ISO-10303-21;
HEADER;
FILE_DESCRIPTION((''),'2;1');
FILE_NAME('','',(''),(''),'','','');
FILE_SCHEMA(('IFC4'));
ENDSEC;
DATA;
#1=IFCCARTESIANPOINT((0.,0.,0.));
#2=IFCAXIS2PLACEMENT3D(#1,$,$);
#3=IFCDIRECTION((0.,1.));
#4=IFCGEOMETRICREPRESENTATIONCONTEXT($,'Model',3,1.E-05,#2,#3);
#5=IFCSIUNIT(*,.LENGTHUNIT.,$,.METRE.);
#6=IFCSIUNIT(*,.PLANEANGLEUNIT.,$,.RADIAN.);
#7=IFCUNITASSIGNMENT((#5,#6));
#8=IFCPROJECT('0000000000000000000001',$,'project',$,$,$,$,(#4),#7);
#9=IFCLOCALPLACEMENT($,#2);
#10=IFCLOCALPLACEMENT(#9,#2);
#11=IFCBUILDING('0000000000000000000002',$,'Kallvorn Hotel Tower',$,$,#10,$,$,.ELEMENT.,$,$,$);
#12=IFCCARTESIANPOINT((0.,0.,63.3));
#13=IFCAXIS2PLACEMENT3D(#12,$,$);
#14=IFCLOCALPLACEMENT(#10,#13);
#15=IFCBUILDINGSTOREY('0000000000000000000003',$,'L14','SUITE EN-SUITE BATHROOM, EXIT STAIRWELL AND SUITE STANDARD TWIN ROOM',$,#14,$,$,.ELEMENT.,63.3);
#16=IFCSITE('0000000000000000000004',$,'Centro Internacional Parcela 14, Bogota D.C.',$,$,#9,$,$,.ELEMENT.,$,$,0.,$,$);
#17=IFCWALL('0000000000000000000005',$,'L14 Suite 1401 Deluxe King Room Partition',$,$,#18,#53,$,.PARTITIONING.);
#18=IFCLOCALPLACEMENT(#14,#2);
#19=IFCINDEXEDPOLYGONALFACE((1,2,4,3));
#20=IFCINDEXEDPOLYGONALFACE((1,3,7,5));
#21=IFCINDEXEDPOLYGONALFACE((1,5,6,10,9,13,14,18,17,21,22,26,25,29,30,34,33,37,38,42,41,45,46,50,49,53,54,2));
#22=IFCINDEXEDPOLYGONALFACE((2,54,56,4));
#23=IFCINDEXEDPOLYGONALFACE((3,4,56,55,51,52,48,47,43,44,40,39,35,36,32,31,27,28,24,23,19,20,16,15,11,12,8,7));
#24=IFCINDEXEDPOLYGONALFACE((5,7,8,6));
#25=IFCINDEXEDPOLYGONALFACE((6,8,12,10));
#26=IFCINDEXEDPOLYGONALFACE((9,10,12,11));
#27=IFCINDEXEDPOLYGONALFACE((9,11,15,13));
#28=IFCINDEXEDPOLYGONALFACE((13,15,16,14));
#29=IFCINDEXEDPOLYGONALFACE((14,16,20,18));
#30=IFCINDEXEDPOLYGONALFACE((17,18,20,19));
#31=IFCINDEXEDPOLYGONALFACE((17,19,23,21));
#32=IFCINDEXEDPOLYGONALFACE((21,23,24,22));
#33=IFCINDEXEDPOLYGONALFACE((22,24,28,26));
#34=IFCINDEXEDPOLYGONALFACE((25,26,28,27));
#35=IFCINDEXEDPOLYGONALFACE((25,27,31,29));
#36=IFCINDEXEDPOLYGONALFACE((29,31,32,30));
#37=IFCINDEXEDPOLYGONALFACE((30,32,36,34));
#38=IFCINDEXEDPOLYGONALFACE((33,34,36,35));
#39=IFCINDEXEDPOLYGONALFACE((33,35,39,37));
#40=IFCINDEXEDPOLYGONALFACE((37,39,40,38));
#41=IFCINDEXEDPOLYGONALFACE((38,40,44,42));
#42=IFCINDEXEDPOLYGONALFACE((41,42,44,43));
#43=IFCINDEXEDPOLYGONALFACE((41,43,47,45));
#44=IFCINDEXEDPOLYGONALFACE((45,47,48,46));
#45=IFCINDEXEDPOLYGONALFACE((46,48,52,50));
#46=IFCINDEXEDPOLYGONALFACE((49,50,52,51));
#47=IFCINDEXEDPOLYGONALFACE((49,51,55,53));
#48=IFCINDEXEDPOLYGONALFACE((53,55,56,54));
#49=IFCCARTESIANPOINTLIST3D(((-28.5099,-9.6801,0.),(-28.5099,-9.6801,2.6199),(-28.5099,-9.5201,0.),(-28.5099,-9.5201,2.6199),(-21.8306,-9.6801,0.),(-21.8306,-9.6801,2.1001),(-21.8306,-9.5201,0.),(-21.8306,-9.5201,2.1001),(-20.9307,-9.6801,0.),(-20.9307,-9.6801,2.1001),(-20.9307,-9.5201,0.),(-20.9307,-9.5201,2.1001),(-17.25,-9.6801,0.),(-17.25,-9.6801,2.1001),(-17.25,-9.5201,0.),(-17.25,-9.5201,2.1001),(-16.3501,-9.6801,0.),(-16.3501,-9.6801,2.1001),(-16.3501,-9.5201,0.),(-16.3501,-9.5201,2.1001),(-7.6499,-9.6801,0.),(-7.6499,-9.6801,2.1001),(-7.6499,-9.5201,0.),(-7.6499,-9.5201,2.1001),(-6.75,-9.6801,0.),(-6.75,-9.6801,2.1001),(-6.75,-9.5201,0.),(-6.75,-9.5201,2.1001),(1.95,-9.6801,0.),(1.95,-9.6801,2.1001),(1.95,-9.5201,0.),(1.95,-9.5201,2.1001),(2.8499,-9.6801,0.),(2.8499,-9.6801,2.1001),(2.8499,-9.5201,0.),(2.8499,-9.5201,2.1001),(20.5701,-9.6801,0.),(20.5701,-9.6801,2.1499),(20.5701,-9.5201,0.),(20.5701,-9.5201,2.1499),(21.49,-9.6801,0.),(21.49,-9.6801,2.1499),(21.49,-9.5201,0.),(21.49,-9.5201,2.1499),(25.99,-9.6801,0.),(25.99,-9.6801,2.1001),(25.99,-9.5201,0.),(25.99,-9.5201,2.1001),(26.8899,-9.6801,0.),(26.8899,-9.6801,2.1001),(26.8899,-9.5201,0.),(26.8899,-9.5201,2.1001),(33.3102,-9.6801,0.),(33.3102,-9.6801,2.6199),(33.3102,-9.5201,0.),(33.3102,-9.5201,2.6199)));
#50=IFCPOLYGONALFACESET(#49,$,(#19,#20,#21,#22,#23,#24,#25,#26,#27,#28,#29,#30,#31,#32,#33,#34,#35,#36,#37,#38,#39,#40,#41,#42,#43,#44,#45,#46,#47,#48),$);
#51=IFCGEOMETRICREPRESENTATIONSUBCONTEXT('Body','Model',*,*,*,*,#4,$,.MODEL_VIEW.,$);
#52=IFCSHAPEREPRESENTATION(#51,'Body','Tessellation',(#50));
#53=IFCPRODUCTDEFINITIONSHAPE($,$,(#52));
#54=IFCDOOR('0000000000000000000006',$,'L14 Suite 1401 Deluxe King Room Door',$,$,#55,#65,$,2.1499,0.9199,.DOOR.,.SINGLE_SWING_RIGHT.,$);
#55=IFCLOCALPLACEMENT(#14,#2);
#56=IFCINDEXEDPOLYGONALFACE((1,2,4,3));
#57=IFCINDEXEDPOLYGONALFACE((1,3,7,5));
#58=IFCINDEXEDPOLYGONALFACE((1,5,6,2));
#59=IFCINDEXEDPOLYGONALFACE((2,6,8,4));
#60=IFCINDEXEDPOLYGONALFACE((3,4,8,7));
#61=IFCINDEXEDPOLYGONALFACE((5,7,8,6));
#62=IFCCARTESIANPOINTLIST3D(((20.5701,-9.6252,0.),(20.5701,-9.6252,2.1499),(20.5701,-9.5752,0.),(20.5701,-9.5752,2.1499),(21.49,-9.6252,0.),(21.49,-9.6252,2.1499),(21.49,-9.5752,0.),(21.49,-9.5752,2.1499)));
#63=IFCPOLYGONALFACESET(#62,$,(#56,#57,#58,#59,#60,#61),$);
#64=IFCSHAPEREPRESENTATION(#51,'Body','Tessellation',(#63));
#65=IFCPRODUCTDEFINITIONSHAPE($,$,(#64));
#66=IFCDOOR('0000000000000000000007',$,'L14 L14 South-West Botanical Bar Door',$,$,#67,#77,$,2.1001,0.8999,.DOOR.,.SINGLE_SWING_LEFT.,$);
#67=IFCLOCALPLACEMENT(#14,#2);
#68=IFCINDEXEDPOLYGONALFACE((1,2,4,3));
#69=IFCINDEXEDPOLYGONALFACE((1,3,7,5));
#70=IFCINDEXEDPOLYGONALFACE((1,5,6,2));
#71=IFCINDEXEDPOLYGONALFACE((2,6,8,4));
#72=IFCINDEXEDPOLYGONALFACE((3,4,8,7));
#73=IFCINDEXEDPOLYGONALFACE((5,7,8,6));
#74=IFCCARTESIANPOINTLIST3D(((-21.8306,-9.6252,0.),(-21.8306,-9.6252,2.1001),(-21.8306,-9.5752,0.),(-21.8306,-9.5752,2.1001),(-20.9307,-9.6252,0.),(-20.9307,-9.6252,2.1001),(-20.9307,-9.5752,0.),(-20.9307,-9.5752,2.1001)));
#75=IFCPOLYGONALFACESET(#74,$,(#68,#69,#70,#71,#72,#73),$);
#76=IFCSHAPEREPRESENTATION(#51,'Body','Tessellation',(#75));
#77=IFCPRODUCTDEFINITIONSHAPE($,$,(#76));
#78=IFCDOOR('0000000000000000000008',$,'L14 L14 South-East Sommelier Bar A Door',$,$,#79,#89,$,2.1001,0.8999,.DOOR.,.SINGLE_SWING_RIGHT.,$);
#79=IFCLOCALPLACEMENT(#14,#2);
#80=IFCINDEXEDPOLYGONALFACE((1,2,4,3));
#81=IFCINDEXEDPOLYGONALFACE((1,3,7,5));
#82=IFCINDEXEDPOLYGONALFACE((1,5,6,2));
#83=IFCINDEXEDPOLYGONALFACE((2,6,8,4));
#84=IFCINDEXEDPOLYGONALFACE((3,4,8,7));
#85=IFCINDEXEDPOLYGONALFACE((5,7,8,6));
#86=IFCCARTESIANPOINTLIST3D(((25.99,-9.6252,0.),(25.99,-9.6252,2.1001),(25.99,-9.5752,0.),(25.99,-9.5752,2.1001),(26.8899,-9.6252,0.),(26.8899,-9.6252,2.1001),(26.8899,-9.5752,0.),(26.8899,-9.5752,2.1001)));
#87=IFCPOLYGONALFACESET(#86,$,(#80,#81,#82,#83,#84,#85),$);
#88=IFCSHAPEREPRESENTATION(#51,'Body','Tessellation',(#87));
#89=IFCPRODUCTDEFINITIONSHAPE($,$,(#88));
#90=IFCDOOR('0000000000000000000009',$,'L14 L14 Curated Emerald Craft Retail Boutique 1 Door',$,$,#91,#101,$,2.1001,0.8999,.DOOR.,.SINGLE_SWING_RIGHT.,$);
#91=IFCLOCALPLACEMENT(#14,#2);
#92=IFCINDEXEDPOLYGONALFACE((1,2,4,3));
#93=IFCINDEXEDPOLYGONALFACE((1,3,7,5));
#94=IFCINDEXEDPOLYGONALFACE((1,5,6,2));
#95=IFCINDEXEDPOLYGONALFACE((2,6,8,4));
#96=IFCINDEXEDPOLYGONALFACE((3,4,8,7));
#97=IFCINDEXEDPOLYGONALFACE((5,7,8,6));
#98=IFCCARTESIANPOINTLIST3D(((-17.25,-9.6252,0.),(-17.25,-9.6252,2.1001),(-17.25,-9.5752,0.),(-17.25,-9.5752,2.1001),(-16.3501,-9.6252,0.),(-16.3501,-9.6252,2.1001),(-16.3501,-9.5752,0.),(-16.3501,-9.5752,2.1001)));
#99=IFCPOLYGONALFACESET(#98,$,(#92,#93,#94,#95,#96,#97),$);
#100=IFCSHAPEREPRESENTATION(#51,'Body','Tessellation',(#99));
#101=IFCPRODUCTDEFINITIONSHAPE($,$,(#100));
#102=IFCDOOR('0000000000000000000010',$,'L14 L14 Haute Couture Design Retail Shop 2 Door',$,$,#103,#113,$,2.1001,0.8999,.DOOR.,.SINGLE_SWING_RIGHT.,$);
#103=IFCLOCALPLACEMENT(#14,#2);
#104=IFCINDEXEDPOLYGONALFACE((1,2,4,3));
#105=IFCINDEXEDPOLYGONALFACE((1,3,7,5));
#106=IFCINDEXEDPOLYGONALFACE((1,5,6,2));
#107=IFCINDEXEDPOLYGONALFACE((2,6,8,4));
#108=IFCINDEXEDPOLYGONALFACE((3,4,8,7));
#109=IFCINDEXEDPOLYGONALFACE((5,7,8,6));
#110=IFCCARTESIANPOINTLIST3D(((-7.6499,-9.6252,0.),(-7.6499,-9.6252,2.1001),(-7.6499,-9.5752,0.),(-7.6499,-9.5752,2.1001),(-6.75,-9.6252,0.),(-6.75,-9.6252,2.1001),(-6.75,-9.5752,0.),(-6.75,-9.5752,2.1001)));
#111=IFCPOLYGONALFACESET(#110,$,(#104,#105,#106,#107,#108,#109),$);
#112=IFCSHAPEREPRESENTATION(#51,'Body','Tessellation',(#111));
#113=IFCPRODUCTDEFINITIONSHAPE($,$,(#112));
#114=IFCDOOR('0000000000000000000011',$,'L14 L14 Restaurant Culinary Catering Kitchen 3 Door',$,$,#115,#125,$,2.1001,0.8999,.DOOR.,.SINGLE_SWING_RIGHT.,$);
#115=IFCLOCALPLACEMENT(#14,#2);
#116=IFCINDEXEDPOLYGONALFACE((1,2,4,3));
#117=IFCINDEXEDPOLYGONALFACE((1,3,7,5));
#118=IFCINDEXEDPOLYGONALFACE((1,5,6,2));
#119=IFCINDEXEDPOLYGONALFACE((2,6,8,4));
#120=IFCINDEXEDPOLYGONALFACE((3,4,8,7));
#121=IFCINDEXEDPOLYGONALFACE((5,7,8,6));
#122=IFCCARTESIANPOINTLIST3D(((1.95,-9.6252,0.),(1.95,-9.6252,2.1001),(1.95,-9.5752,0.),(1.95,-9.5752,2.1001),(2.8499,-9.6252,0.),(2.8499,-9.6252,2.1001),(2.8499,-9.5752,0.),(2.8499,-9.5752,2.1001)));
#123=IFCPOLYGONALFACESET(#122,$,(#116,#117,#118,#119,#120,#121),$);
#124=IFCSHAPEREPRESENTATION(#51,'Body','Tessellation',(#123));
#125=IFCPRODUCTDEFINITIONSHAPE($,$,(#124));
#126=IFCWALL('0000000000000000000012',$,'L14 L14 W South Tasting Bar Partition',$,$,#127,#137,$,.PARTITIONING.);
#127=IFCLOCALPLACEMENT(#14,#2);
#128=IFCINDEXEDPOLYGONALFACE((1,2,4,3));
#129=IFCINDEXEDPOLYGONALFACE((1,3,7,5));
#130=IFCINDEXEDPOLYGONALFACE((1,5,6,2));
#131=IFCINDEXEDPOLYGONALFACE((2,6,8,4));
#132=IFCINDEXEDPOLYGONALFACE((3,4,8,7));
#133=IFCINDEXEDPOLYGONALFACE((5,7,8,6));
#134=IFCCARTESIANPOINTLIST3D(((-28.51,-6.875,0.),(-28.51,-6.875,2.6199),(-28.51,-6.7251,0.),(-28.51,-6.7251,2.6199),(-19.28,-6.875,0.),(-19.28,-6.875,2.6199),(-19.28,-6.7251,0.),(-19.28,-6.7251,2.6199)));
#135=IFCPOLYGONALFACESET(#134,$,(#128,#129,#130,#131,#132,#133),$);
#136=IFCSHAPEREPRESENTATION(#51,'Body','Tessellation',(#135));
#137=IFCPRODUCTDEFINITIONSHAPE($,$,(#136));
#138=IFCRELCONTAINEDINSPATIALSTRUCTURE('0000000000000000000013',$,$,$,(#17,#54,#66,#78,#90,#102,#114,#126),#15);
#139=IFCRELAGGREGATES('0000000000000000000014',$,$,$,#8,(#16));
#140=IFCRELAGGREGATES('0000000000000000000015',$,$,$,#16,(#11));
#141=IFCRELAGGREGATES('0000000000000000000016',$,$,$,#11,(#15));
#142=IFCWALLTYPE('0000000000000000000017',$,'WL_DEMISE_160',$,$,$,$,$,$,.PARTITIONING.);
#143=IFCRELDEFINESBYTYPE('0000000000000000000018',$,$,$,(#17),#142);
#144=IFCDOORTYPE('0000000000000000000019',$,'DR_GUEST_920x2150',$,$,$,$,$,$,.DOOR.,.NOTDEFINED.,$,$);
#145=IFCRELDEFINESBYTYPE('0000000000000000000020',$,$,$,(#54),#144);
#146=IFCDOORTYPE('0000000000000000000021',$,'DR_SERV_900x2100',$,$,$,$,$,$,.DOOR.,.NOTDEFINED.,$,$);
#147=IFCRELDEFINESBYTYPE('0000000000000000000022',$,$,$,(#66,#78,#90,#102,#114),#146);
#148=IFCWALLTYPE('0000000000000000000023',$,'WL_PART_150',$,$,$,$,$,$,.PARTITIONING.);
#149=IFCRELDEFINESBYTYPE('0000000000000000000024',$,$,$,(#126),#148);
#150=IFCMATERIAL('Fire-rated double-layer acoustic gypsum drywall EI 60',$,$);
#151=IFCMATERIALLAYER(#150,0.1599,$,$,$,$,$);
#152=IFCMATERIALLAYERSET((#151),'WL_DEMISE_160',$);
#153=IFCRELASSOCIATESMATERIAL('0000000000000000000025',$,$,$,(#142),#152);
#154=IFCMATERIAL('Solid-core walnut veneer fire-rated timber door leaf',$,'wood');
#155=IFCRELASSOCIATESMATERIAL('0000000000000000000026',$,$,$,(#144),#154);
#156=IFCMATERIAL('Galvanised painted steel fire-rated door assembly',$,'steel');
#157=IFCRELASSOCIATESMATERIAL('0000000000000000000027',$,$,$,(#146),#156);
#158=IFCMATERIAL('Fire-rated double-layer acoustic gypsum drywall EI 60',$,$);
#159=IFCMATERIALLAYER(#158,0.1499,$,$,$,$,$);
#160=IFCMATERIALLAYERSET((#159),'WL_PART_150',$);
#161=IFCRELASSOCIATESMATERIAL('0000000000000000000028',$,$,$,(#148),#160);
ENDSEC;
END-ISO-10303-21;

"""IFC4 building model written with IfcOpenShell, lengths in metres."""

from ifc_helpers import new_model, si_unit, direction, frame, frame_2d, origin, place, context, subcontext, project, spatial, rectangle, extrude, material, layer, layer_set, type_object, element, fill, save


model = new_model("IFC4")

# Units and contexts
model_context = context("Model", 3, precision=1e-05, world=origin(), true_north=direction((0.0, 1.0)))
body_context = subcontext(model_context, "Body", "Model", "MODEL_VIEW")
ifc_project = project(units=[si_unit("LENGTHUNIT", "METRE"), si_unit("PLANEANGLEUNIT", "RADIAN")], contexts=[model_context])

# Site, building, storey
site_placement = place(None, origin())
site = spatial("IfcSite", under=ifc_project, at=site_placement, Name="Centro Internacional Parcela 14, Bogota D.C.", CompositionType="ELEMENT", RefElevation=0.0)
building_placement = place(site_placement, origin())
building = spatial("IfcBuilding", under=site, at=building_placement, Name="Kallvorn Hotel Tower", CompositionType="ELEMENT")
storey_placement = place(building_placement, frame((0.0, 0.0, 63.3)))
storey = spatial("IfcBuildingStorey", under=building, at=storey_placement, Name="L14", Description="SUITE EN-SUITE BATHROOM, EXIT STAIRWELL AND SUITE STANDARD TWIN ROOM", CompositionType="ELEMENT", Elevation=63.3)

# Wall, openings, doors
ifc_material_1 = material(Name="Fire-rated double-layer acoustic gypsum drywall EI 60")
ifc_layer_1 = layer(ifc_material_1, 0.1599)
ifc_layer_set_1 = layer_set([ifc_layer_1], Name="WL_DEMISE_160")
wall_type_1 = type_object("IfcWallType", Name="WL_DEMISE_160", PredefinedType="PARTITIONING", material=ifc_layer_set_1)
wall_1_placement = place(storey_placement, frame((-28.51, -9.6001, 0.0), z_axis=(0.0, 0.0, 1.0), x_axis=(1.0, 0.0, 0.0)))
wall_1 = element("IfcWall", 1, at=wall_1_placement, inside=storey, type_object=wall_type_1, Name="L14 Suite 1401 Deluxe King Room Partition", PredefinedType="PARTITIONING", context=body_context, shape_type="SweptSolid", body=[
    extrude(rectangle(XDim=61.8201, YDim=0.1599, at=frame_2d((30.9102, 0.0))), origin(), (0.0, 0.0, 1.0), 2.6199),
])
opening_1_placement = place(wall_1_placement, frame((6.6794, 0.0, 0.0)))
opening_1 = element("IfcOpeningElement", 2, at=opening_1_placement, cuts=wall_1, PredefinedType="OPENING", context=body_context, shape_type="SweptSolid", body=[
    extrude(rectangle(XDim=0.8999, YDim=2.1001, at=frame_2d((0.45, 1.05))), frame((0.0, 0.095, 0.0), z_axis=(0.0, -1.0, 0.0), x_axis=(1.0, 0.0, 0.0)), (0.0, 0.0, 1.0), 0.1899),
])
opening_2_placement = place(wall_1_placement, frame((54.5, 0.0, 0.0)))
opening_2 = element("IfcOpeningElement", 3, at=opening_2_placement, cuts=wall_1, PredefinedType="OPENING", context=body_context, shape_type="SweptSolid", body=[
    extrude(rectangle(XDim=0.8999, YDim=2.1001, at=frame_2d((0.45, 1.05))), frame((0.0, 0.095, 0.0), z_axis=(0.0, -1.0, 0.0), x_axis=(1.0, 0.0, 0.0)), (0.0, 0.0, 1.0), 0.1899),
])
opening_3_placement = place(wall_1_placement, frame((11.26, 0.0, 0.0)))
opening_3 = element("IfcOpeningElement", 4, at=opening_3_placement, cuts=wall_1, PredefinedType="OPENING", context=body_context, shape_type="SweptSolid", body=[
    extrude(rectangle(XDim=0.8999, YDim=2.1001, at=frame_2d((0.45, 1.05))), frame((0.0, 0.095, 0.0), z_axis=(0.0, -1.0, 0.0), x_axis=(1.0, 0.0, 0.0)), (0.0, 0.0, 1.0), 0.1899),
])
opening_4_placement = place(wall_1_placement, frame((20.8601, 0.0, 0.0)))
opening_4 = element("IfcOpeningElement", 5, at=opening_4_placement, cuts=wall_1, PredefinedType="OPENING", context=body_context, shape_type="SweptSolid", body=[
    extrude(rectangle(XDim=0.8999, YDim=2.1001, at=frame_2d((0.45, 1.05))), frame((0.0, 0.095, 0.0), z_axis=(0.0, -1.0, 0.0), x_axis=(1.0, 0.0, 0.0)), (0.0, 0.0, 1.0), 0.1899),
])
opening_5_placement = place(wall_1_placement, frame((30.46, 0.0, 0.0)))
opening_5 = element("IfcOpeningElement", 6, at=opening_5_placement, cuts=wall_1, PredefinedType="OPENING", context=body_context, shape_type="SweptSolid", body=[
    extrude(rectangle(XDim=0.8999, YDim=2.1001, at=frame_2d((0.45, 1.05))), frame((0.0, 0.095, 0.0), z_axis=(0.0, -1.0, 0.0), x_axis=(1.0, 0.0, 0.0)), (0.0, 0.0, 1.0), 0.1899),
])
opening_6_placement = place(wall_1_placement, frame((49.0801, 0.0, 0.0)))
opening_6 = element("IfcOpeningElement", 7, at=opening_6_placement, cuts=wall_1, PredefinedType="OPENING", context=body_context, shape_type="SweptSolid", body=[
    extrude(rectangle(XDim=0.9199, YDim=2.1499, at=frame_2d((0.46, 1.075))), frame((0.0, 0.095, 0.0), z_axis=(0.0, -1.0, 0.0), x_axis=(1.0, 0.0, 0.0)), (0.0, 0.0, 1.0), 0.1899),
])
ifc_material_2 = material(Name="Solid-core walnut veneer fire-rated timber door leaf", Category="wood")
door_type_1 = type_object("IfcDoorType", Name="DR_GUEST_920x2150", OperationType="NOTDEFINED", PredefinedType="DOOR", material=ifc_material_2)
door_1_placement = place(opening_6_placement, origin())
door_1 = element("IfcDoor", 8, at=door_1_placement, inside=storey, type_object=door_type_1, Name="L14 Suite 1401 Deluxe King Room Door", OperationType="SINGLE_SWING_RIGHT", OverallHeight=2.1499, OverallWidth=0.9199, PredefinedType="DOOR", context=body_context, shape_type="SweptSolid", body=[
    extrude(rectangle(XDim=0.9199, YDim=2.1499, at=frame_2d((0.46, 1.075))), frame((0.0, 0.0249, 0.0), z_axis=(0.0, -1.0, 0.0), x_axis=(1.0, 0.0, 0.0)), (0.0, 0.0, 1.0), 0.05),
])
fill(opening_6, door_1)
ifc_material_3 = material(Name="Galvanised painted steel fire-rated door assembly", Category="steel")
door_type_2 = type_object("IfcDoorType", Name="DR_SERV_900x2100", OperationType="NOTDEFINED", PredefinedType="DOOR", material=ifc_material_3)
door_2_placement = place(opening_1_placement, origin())
door_2 = element("IfcDoor", 9, at=door_2_placement, inside=storey, type_object=door_type_2, Name="L14 L14 South-West Botanical Bar Door", OperationType="SINGLE_SWING_LEFT", OverallHeight=2.1001, OverallWidth=0.8999, PredefinedType="DOOR", context=body_context, shape_type="SweptSolid", body=[
    extrude(rectangle(XDim=0.8999, YDim=2.1001, at=frame_2d((0.45, 1.05))), frame((0.0, 0.0249, 0.0), z_axis=(0.0, -1.0, 0.0), x_axis=(1.0, 0.0, 0.0)), (0.0, 0.0, 1.0), 0.05),
])
fill(opening_1, door_2)
door_3_placement = place(opening_2_placement, origin())
door_3 = element("IfcDoor", 10, at=door_3_placement, inside=storey, type_object=door_type_2, Name="L14 L14 South-East Sommelier Bar A Door", OperationType="SINGLE_SWING_RIGHT", OverallHeight=2.1001, OverallWidth=0.8999, PredefinedType="DOOR", context=body_context, shape_type="SweptSolid", body=[
    extrude(rectangle(XDim=0.8999, YDim=2.1001, at=frame_2d((0.45, 1.05))), frame((0.0, 0.0249, 0.0), z_axis=(0.0, -1.0, 0.0), x_axis=(1.0, 0.0, 0.0)), (0.0, 0.0, 1.0), 0.05),
])
fill(opening_2, door_3)
door_4_placement = place(opening_3_placement, origin())
door_4 = element("IfcDoor", 11, at=door_4_placement, inside=storey, type_object=door_type_2, Name="L14 L14 Curated Emerald Craft Retail Boutique 1 Door", OperationType="SINGLE_SWING_RIGHT", OverallHeight=2.1001, OverallWidth=0.8999, PredefinedType="DOOR", context=body_context, shape_type="SweptSolid", body=[
    extrude(rectangle(XDim=0.8999, YDim=2.1001, at=frame_2d((0.45, 1.05))), frame((0.0, 0.0249, 0.0), z_axis=(0.0, -1.0, 0.0), x_axis=(1.0, 0.0, 0.0)), (0.0, 0.0, 1.0), 0.05),
])
fill(opening_3, door_4)
door_5_placement = place(opening_4_placement, origin())
door_5 = element("IfcDoor", 12, at=door_5_placement, inside=storey, type_object=door_type_2, Name="L14 L14 Haute Couture Design Retail Shop 2 Door", OperationType="SINGLE_SWING_RIGHT", OverallHeight=2.1001, OverallWidth=0.8999, PredefinedType="DOOR", context=body_context, shape_type="SweptSolid", body=[
    extrude(rectangle(XDim=0.8999, YDim=2.1001, at=frame_2d((0.45, 1.05))), frame((0.0, 0.0249, 0.0), z_axis=(0.0, -1.0, 0.0), x_axis=(1.0, 0.0, 0.0)), (0.0, 0.0, 1.0), 0.05),
])
fill(opening_4, door_5)
door_6_placement = place(opening_5_placement, origin())
door_6 = element("IfcDoor", 13, at=door_6_placement, inside=storey, type_object=door_type_2, Name="L14 L14 Restaurant Culinary Catering Kitchen 3 Door", OperationType="SINGLE_SWING_RIGHT", OverallHeight=2.1001, OverallWidth=0.8999, PredefinedType="DOOR", context=body_context, shape_type="SweptSolid", body=[
    extrude(rectangle(XDim=0.8999, YDim=2.1001, at=frame_2d((0.45, 1.05))), frame((0.0, 0.0249, 0.0), z_axis=(0.0, -1.0, 0.0), x_axis=(1.0, 0.0, 0.0)), (0.0, 0.0, 1.0), 0.05),
])
fill(opening_5, door_6)

# Wall
ifc_material_4 = material(Name="Fire-rated double-layer acoustic gypsum drywall EI 60")
ifc_layer_2 = layer(ifc_material_4, 0.1499)
ifc_layer_set_2 = layer_set([ifc_layer_2], Name="WL_PART_150")
wall_type_2 = type_object("IfcWallType", Name="WL_PART_150", PredefinedType="PARTITIONING", material=ifc_layer_set_2)
wall_2_placement = place(storey_placement, frame((-28.51, -6.8, 0.0), z_axis=(0.0, 0.0, 1.0), x_axis=(1.0, 0.0, 0.0)))
element("IfcWall", 14, at=wall_2_placement, inside=storey, type_object=wall_type_2, Name="L14 L14 W South Tasting Bar Partition", PredefinedType="PARTITIONING", context=body_context, shape_type="SweptSolid", body=[
    extrude(rectangle(XDim=9.23, YDim=0.1499, at=frame_2d((4.615, 0.0))), origin(), (0.0, 0.0, 1.0), 2.6199),
])

save(model, "model.ifc")
